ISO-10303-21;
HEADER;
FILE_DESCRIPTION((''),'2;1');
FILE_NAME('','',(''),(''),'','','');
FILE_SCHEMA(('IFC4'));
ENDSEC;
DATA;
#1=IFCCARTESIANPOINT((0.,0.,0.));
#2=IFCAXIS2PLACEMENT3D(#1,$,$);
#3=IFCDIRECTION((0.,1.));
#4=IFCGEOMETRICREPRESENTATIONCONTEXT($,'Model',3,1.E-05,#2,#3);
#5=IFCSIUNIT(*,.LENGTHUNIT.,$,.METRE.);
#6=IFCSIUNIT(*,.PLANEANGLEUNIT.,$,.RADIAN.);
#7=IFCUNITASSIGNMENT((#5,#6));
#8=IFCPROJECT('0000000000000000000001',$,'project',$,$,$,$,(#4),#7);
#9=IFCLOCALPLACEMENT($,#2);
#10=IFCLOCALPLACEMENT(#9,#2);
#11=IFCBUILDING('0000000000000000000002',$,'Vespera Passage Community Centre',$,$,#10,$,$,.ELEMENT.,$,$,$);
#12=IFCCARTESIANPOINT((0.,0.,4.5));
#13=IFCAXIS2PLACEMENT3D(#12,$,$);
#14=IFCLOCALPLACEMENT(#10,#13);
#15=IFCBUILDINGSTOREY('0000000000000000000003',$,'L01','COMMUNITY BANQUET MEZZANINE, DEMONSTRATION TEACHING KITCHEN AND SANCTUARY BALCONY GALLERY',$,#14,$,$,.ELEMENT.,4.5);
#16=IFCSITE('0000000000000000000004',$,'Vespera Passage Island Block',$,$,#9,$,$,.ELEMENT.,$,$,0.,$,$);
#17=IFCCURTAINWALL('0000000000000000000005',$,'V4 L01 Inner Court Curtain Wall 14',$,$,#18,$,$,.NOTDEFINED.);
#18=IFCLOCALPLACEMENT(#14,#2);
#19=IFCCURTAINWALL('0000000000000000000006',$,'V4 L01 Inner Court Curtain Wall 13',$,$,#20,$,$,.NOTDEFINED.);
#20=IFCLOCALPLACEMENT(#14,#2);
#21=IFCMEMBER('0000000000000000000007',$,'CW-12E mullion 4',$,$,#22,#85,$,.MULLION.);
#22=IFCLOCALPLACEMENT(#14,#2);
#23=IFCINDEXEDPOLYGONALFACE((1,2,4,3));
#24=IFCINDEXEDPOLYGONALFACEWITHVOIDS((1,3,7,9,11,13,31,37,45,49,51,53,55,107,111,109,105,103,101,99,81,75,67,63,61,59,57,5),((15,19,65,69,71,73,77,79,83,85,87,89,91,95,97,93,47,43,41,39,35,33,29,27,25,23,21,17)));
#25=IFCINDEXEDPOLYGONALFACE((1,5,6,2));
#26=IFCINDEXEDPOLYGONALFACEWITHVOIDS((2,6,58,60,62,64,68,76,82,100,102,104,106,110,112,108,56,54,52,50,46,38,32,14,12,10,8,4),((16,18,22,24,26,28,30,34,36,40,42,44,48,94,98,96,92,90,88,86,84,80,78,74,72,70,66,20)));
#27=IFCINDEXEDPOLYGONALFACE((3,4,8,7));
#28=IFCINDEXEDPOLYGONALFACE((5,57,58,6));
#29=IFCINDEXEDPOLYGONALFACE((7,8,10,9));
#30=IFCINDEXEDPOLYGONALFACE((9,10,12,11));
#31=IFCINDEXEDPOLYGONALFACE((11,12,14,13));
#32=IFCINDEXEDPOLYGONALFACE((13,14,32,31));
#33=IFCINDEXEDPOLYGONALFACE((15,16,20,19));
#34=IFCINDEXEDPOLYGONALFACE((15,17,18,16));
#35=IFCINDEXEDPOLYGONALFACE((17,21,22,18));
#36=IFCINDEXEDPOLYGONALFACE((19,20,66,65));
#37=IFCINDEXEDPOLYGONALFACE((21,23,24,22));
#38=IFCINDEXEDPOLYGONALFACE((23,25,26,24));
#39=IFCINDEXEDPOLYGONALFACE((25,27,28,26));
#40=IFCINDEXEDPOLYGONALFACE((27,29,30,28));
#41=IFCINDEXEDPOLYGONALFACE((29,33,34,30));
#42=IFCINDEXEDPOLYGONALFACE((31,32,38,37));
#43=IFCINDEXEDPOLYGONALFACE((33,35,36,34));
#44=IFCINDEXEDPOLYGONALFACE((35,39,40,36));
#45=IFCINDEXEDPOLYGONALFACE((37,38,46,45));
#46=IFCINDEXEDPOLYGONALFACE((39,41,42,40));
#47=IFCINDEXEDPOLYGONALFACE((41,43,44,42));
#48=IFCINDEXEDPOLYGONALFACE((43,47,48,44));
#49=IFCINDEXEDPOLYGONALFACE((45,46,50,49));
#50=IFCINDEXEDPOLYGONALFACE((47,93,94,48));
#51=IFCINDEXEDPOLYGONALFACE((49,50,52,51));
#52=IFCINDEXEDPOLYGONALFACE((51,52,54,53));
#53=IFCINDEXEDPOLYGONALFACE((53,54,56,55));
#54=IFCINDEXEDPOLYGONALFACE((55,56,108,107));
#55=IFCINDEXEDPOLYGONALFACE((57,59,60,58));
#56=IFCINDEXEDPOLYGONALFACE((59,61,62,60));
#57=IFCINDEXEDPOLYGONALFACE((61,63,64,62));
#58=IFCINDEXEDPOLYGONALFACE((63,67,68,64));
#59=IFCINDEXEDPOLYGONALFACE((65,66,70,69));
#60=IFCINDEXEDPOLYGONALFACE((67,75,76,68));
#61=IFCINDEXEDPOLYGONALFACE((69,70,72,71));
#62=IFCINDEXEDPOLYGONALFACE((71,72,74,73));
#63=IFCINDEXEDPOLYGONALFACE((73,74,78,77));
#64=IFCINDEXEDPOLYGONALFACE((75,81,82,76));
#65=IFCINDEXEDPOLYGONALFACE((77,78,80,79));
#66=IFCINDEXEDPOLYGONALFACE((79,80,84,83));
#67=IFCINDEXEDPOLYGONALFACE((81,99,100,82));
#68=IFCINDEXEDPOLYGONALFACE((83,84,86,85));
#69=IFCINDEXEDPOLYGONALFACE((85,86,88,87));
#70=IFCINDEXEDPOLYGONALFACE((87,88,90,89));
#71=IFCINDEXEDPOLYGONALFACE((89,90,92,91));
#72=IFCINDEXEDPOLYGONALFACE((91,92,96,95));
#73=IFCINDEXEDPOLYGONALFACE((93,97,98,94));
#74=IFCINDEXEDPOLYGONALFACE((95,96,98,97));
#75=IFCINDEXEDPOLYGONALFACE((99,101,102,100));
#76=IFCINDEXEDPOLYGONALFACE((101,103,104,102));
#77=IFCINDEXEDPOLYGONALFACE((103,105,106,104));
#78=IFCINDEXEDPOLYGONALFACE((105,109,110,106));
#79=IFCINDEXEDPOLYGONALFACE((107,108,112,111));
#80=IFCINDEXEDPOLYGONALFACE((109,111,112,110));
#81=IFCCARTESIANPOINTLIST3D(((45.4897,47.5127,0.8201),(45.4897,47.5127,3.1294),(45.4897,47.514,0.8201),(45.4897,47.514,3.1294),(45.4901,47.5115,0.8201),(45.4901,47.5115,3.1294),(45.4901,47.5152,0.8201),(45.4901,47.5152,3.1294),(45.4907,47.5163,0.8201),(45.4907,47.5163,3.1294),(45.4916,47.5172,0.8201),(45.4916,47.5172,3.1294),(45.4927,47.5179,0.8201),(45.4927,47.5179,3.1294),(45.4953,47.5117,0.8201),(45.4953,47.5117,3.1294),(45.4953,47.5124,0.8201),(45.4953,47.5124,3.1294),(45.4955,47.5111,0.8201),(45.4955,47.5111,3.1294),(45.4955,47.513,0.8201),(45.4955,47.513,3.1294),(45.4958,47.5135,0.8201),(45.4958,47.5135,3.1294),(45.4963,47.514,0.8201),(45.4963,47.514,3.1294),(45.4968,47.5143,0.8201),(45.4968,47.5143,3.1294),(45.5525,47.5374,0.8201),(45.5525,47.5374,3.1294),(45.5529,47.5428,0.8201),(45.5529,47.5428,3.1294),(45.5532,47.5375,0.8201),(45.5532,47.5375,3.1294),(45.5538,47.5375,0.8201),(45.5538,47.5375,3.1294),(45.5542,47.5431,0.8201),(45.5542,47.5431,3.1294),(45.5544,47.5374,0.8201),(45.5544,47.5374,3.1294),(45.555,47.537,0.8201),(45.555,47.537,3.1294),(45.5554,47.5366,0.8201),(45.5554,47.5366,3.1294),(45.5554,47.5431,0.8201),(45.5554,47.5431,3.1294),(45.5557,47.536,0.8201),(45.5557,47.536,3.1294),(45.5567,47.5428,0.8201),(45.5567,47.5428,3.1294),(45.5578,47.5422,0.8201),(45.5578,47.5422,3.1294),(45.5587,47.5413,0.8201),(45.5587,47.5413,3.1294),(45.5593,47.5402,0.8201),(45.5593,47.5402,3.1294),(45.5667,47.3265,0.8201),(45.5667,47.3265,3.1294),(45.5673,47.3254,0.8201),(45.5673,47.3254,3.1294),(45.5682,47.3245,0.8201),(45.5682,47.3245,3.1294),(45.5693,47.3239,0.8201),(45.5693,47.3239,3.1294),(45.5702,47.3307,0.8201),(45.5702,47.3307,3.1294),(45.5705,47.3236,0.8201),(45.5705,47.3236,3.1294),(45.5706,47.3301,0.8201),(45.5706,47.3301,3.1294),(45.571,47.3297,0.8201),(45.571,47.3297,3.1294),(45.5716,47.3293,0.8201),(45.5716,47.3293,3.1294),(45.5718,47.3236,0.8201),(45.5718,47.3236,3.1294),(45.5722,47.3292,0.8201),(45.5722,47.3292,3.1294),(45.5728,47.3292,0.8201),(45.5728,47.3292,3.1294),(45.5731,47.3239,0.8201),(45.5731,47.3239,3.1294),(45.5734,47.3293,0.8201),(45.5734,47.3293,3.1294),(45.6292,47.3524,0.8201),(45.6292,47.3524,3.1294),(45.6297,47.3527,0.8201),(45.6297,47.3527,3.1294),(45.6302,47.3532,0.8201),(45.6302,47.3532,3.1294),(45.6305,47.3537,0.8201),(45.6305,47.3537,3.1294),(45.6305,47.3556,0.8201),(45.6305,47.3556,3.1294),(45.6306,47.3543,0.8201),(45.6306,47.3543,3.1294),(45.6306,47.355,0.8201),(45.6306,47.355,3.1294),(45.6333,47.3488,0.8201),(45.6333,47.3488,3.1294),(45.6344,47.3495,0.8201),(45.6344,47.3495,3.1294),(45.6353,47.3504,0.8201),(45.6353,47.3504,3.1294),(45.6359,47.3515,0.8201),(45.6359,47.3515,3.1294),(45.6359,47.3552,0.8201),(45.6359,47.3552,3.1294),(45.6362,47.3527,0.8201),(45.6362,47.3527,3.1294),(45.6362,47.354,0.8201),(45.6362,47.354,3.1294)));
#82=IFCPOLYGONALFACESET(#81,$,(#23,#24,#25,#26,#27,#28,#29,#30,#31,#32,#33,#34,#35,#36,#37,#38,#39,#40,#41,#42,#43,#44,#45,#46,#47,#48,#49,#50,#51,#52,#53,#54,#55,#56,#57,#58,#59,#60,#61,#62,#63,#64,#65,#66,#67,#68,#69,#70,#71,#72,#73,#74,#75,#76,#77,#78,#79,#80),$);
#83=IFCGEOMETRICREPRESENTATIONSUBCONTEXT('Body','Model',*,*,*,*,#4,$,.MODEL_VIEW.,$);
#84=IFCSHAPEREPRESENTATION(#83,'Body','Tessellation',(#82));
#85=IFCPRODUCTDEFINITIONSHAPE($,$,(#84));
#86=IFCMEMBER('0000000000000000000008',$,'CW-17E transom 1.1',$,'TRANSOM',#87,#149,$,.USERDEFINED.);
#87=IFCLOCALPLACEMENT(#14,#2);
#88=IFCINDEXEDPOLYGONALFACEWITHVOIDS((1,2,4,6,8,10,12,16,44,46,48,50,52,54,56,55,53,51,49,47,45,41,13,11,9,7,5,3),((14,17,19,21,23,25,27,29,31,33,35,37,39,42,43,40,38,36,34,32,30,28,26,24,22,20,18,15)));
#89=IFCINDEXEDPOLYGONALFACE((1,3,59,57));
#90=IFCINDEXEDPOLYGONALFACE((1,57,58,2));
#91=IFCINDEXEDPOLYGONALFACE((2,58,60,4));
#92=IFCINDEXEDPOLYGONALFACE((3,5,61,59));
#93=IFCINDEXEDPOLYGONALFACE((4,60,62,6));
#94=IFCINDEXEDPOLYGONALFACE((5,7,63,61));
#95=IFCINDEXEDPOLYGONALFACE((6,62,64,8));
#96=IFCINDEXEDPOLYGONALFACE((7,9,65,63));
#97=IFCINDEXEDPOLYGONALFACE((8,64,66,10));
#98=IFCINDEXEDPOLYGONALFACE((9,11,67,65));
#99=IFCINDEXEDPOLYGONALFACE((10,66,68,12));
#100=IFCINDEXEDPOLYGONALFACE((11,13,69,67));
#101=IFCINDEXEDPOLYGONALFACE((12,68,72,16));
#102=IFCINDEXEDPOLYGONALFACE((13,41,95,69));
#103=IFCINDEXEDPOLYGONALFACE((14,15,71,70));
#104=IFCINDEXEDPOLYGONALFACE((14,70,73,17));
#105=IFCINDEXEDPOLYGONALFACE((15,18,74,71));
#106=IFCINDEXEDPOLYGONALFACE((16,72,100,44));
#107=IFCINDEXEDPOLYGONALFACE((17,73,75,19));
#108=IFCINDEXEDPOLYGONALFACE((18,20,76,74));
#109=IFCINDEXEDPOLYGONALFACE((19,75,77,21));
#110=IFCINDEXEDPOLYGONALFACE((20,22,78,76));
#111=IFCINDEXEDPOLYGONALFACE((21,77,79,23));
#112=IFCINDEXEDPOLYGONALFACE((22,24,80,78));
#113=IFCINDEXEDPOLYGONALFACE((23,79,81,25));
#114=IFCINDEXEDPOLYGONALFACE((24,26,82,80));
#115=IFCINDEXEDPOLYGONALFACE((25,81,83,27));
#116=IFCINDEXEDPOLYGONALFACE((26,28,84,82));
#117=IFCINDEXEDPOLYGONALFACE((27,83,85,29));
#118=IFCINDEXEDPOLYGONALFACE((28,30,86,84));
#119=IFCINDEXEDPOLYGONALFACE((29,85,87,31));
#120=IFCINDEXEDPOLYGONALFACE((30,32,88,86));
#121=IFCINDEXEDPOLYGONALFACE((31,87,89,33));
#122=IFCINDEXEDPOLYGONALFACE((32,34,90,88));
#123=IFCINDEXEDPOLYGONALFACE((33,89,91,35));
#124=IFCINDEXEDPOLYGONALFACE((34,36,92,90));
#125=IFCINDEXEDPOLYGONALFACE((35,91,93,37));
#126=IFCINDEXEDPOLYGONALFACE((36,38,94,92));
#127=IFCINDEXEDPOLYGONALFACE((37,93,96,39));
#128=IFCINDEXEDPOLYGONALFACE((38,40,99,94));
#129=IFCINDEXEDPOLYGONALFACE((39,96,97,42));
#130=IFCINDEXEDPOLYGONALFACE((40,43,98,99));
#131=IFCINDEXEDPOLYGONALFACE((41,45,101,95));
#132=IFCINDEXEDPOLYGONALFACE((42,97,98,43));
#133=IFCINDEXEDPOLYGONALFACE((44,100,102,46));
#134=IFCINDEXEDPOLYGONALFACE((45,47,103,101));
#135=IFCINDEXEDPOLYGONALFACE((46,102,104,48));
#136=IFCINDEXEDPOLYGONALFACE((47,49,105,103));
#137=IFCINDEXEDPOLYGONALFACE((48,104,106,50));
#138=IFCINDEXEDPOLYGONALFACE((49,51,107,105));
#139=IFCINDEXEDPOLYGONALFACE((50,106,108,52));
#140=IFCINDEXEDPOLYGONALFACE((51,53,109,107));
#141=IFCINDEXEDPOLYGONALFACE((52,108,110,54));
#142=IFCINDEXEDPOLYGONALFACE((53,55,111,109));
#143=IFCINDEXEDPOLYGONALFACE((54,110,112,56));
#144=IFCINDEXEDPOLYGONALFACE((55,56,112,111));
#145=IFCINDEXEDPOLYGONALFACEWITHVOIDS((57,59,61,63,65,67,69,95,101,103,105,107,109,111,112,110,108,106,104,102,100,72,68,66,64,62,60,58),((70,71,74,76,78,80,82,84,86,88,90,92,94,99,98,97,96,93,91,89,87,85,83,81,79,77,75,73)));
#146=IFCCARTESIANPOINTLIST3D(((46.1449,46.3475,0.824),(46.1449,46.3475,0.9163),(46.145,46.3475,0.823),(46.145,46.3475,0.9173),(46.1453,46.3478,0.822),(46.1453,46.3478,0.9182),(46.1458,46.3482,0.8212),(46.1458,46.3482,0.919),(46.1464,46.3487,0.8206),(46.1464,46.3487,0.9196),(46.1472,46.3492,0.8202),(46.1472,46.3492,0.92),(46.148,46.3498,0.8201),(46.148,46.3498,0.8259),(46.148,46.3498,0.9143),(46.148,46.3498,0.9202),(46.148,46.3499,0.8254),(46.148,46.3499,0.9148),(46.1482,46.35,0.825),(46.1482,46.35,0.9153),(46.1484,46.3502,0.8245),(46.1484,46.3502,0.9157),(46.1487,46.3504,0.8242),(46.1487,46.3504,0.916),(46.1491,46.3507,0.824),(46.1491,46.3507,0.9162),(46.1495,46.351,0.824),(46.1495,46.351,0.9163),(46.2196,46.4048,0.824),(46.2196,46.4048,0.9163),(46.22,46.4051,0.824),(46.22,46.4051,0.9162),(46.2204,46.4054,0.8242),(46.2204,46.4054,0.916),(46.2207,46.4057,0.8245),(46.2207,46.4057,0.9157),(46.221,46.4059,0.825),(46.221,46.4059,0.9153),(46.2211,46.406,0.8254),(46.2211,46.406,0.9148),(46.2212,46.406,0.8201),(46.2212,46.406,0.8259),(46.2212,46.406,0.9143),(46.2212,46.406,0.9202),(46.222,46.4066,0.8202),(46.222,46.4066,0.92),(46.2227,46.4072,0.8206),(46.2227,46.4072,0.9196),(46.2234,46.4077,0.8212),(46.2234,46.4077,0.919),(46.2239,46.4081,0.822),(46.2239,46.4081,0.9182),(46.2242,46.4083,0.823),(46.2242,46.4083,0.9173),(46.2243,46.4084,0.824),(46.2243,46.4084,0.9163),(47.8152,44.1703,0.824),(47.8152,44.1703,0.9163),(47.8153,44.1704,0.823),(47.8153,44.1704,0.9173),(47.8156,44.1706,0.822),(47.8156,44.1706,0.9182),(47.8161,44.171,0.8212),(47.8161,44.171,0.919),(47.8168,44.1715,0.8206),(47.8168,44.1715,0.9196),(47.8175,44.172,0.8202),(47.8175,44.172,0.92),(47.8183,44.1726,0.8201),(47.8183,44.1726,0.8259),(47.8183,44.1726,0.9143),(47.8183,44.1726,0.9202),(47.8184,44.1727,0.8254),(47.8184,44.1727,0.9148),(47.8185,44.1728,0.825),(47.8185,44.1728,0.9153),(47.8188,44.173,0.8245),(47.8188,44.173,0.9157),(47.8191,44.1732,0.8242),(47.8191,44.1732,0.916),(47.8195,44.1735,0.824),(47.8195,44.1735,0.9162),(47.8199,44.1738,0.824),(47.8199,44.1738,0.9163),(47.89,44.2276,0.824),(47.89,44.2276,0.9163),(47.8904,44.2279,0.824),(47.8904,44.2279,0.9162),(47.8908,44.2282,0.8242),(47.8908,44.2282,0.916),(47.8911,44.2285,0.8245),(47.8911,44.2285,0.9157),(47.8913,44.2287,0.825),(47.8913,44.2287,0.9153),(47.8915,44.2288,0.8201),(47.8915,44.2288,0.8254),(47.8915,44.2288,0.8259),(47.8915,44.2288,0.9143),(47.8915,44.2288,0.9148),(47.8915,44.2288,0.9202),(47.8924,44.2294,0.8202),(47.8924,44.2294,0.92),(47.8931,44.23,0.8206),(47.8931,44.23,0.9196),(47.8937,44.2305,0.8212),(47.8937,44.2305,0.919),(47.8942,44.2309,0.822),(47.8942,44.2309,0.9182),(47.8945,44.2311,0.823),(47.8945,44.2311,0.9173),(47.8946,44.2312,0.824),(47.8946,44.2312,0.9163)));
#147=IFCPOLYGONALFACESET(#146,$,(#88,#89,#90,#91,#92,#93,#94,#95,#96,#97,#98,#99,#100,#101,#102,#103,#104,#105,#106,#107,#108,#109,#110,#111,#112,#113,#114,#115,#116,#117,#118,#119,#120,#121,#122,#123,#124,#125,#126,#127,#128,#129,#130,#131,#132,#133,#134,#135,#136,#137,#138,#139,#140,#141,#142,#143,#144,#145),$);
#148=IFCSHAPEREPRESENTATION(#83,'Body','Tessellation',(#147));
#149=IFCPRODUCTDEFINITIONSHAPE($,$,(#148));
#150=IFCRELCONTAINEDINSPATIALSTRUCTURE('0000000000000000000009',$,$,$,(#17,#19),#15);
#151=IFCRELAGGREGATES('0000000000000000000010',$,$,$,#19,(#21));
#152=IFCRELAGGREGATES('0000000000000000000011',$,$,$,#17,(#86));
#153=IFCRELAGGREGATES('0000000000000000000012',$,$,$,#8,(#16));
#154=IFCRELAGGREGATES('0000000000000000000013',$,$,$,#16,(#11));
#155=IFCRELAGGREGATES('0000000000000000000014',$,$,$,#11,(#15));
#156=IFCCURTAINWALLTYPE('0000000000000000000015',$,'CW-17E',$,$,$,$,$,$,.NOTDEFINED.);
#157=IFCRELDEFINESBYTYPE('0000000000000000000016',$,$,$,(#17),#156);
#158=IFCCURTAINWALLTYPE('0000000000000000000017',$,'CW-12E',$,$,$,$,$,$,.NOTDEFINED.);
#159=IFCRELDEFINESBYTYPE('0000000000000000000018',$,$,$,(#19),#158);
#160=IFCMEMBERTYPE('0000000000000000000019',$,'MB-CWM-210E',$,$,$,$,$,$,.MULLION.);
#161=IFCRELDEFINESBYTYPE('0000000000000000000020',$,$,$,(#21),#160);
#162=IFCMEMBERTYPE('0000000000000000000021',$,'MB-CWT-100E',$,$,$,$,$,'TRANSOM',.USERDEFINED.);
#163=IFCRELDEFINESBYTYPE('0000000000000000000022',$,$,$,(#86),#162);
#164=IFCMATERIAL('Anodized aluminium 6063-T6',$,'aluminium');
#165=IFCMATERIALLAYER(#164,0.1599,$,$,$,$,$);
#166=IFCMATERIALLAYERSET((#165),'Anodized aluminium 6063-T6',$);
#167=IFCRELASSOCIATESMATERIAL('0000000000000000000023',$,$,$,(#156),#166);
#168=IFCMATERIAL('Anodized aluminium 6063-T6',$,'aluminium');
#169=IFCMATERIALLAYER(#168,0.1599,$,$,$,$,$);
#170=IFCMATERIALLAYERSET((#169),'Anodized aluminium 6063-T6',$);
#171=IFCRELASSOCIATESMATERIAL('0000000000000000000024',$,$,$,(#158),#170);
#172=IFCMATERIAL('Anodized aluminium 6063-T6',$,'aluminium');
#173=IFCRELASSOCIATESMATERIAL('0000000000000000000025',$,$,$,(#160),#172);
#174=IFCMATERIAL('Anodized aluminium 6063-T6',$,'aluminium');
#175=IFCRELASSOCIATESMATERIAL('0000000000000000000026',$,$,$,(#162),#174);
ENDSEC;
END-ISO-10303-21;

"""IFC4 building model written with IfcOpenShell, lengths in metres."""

from ifc_helpers import new_model, si_unit, direction, frame, origin, origin_2d, place, context, subcontext, project, spatial, hollow_rectangle, extrude, material, layer, layer_set, material_profile, profile_set, type_object, element, aggregate, save


model = new_model("IFC4")

# Units and contexts
model_context = context("Model", 3, precision=1e-05, world=origin(), true_north=direction((0.0, 1.0)))
body_context = subcontext(model_context, "Body", "Model", "MODEL_VIEW")
ifc_project = project(units=[si_unit("LENGTHUNIT", "METRE"), si_unit("PLANEANGLEUNIT", "RADIAN")], contexts=[model_context])

# Site, building, storey
site_placement = place(None, origin())
site = spatial("IfcSite", under=ifc_project, at=site_placement, Name="Vespera Passage Island Block", CompositionType="ELEMENT", RefElevation=0.0)
building_placement = place(site_placement, origin())
building = spatial("IfcBuilding", under=site, at=building_placement, Name="Vespera Passage Community Centre", CompositionType="ELEMENT")
storey_placement = place(building_placement, frame((0.0, 0.0, 4.5)))
storey = spatial("IfcBuildingStorey", under=building, at=storey_placement, Name="L01", Description="COMMUNITY BANQUET MEZZANINE, DEMONSTRATION TEACHING KITCHEN AND SANCTUARY BALCONY GALLERY", CompositionType="ELEMENT", Elevation=4.5)

# Curtain wall
ifc_material_1 = material(Name="Anodized aluminium 6063-T6", Category="aluminium")
ifc_layer_1 = layer(ifc_material_1, 0.1599)
ifc_layer_set_1 = layer_set([ifc_layer_1], Name="Anodized aluminium 6063-T6")
curtain_wall_type_1 = type_object("IfcCurtainWallType", Name="CW-17E", PredefinedType="NOTDEFINED", material=ifc_layer_set_1)
curtain_wall_1_placement = place(storey_placement, origin())
curtain_wall_1 = element("IfcCurtainWall", 1, at=curtain_wall_1_placement, inside=storey, type_object=curtain_wall_type_1, Name="V4 L01 Inner Court Curtain Wall 14", PredefinedType="NOTDEFINED")

# Curtain wall, member
ifc_material_2 = material(Name="Anodized aluminium 6063-T6", Category="aluminium")
ifc_layer_2 = layer(ifc_material_2, 0.1599)
ifc_layer_set_2 = layer_set([ifc_layer_2], Name="Anodized aluminium 6063-T6")
curtain_wall_type_2 = type_object("IfcCurtainWallType", Name="CW-12E", PredefinedType="NOTDEFINED", material=ifc_layer_set_2)
curtain_wall_2_placement = place(storey_placement, origin())
curtain_wall_2 = element("IfcCurtainWall", 2, at=curtain_wall_2_placement, inside=storey, type_object=curtain_wall_type_2, Name="V4 L01 Inner Court Curtain Wall 13", PredefinedType="NOTDEFINED")
ifc_material_3 = material(Name="Anodized aluminium 6063-T6", Category="aluminium")
ifc_material_profile_1 = material_profile(ifc_material_3, hollow_rectangle(XDim=0.075, YDim=0.21, WallThickness=0.0049, InnerFilletRadius=0.0024, OuterFilletRadius=0.0049, at=origin_2d()), Name="ALU210X75X5")
ifc_profile_set_1 = profile_set([ifc_material_profile_1], Name="Anodized aluminium 6063-T6")
member_type_1 = type_object("IfcMemberType", Name="MB-CWM-210E", PredefinedType="MULLION", material=ifc_profile_set_1)
member_1_placement = place(storey_placement, frame((45.563, 47.4333, 0.8201), z_axis=(0.0, 0.0, 1.0), x_axis=(0.923877, 0.38269, 0.0)))
member_1 = element("IfcMember", 3, at=member_1_placement, type_object=member_type_1, Name="CW-12E mullion 4", PredefinedType="MULLION", context=body_context, shape_type="SweptSolid", body=[
    extrude(hollow_rectangle(XDim=0.075, YDim=0.21, WallThickness=0.0049, InnerFilletRadius=0.0024, OuterFilletRadius=0.0049, at=origin_2d()), origin(), (0.0, 0.0, 1.0), 2.3093),
])
aggregate(curtain_wall_2, [member_1])

# Member
ifc_material_4 = material(Name="Anodized aluminium 6063-T6", Category="aluminium")
ifc_material_profile_2 = material_profile(ifc_material_4, hollow_rectangle(XDim=0.1001, YDim=0.1001, WallThickness=0.0039, InnerFilletRadius=0.002, OuterFilletRadius=0.0039, at=origin_2d()), Name="ALU100X100X4")
ifc_profile_set_2 = profile_set([ifc_material_profile_2], Name="Anodized aluminium 6063-T6")
member_type_2 = type_object("IfcMemberType", Name="MB-CWT-100E", ElementType="TRANSOM", PredefinedType="USERDEFINED", material=ifc_profile_set_2)
member_2_placement = place(storey_placement, frame((46.1846, 46.3779, 0.8701), z_axis=(0.608704, -0.793397, 0.0), x_axis=(0.793397, 0.608704, 0.0)))
member_2 = element("IfcMember", 4, at=member_2_placement, type_object=member_type_2, Name="CW-17E transom 1.1", ObjectType="TRANSOM", PredefinedType="USERDEFINED", context=body_context, shape_type="SweptSolid", body=[
    extrude(hollow_rectangle(XDim=0.1001, YDim=0.1001, WallThickness=0.0039, InnerFilletRadius=0.002, OuterFilletRadius=0.0039, at=origin_2d()), origin(), (0.0, 0.0, 1.0), 2.7441),
])

aggregate(curtain_wall_1, [member_2])

save(model, "model.ifc")
